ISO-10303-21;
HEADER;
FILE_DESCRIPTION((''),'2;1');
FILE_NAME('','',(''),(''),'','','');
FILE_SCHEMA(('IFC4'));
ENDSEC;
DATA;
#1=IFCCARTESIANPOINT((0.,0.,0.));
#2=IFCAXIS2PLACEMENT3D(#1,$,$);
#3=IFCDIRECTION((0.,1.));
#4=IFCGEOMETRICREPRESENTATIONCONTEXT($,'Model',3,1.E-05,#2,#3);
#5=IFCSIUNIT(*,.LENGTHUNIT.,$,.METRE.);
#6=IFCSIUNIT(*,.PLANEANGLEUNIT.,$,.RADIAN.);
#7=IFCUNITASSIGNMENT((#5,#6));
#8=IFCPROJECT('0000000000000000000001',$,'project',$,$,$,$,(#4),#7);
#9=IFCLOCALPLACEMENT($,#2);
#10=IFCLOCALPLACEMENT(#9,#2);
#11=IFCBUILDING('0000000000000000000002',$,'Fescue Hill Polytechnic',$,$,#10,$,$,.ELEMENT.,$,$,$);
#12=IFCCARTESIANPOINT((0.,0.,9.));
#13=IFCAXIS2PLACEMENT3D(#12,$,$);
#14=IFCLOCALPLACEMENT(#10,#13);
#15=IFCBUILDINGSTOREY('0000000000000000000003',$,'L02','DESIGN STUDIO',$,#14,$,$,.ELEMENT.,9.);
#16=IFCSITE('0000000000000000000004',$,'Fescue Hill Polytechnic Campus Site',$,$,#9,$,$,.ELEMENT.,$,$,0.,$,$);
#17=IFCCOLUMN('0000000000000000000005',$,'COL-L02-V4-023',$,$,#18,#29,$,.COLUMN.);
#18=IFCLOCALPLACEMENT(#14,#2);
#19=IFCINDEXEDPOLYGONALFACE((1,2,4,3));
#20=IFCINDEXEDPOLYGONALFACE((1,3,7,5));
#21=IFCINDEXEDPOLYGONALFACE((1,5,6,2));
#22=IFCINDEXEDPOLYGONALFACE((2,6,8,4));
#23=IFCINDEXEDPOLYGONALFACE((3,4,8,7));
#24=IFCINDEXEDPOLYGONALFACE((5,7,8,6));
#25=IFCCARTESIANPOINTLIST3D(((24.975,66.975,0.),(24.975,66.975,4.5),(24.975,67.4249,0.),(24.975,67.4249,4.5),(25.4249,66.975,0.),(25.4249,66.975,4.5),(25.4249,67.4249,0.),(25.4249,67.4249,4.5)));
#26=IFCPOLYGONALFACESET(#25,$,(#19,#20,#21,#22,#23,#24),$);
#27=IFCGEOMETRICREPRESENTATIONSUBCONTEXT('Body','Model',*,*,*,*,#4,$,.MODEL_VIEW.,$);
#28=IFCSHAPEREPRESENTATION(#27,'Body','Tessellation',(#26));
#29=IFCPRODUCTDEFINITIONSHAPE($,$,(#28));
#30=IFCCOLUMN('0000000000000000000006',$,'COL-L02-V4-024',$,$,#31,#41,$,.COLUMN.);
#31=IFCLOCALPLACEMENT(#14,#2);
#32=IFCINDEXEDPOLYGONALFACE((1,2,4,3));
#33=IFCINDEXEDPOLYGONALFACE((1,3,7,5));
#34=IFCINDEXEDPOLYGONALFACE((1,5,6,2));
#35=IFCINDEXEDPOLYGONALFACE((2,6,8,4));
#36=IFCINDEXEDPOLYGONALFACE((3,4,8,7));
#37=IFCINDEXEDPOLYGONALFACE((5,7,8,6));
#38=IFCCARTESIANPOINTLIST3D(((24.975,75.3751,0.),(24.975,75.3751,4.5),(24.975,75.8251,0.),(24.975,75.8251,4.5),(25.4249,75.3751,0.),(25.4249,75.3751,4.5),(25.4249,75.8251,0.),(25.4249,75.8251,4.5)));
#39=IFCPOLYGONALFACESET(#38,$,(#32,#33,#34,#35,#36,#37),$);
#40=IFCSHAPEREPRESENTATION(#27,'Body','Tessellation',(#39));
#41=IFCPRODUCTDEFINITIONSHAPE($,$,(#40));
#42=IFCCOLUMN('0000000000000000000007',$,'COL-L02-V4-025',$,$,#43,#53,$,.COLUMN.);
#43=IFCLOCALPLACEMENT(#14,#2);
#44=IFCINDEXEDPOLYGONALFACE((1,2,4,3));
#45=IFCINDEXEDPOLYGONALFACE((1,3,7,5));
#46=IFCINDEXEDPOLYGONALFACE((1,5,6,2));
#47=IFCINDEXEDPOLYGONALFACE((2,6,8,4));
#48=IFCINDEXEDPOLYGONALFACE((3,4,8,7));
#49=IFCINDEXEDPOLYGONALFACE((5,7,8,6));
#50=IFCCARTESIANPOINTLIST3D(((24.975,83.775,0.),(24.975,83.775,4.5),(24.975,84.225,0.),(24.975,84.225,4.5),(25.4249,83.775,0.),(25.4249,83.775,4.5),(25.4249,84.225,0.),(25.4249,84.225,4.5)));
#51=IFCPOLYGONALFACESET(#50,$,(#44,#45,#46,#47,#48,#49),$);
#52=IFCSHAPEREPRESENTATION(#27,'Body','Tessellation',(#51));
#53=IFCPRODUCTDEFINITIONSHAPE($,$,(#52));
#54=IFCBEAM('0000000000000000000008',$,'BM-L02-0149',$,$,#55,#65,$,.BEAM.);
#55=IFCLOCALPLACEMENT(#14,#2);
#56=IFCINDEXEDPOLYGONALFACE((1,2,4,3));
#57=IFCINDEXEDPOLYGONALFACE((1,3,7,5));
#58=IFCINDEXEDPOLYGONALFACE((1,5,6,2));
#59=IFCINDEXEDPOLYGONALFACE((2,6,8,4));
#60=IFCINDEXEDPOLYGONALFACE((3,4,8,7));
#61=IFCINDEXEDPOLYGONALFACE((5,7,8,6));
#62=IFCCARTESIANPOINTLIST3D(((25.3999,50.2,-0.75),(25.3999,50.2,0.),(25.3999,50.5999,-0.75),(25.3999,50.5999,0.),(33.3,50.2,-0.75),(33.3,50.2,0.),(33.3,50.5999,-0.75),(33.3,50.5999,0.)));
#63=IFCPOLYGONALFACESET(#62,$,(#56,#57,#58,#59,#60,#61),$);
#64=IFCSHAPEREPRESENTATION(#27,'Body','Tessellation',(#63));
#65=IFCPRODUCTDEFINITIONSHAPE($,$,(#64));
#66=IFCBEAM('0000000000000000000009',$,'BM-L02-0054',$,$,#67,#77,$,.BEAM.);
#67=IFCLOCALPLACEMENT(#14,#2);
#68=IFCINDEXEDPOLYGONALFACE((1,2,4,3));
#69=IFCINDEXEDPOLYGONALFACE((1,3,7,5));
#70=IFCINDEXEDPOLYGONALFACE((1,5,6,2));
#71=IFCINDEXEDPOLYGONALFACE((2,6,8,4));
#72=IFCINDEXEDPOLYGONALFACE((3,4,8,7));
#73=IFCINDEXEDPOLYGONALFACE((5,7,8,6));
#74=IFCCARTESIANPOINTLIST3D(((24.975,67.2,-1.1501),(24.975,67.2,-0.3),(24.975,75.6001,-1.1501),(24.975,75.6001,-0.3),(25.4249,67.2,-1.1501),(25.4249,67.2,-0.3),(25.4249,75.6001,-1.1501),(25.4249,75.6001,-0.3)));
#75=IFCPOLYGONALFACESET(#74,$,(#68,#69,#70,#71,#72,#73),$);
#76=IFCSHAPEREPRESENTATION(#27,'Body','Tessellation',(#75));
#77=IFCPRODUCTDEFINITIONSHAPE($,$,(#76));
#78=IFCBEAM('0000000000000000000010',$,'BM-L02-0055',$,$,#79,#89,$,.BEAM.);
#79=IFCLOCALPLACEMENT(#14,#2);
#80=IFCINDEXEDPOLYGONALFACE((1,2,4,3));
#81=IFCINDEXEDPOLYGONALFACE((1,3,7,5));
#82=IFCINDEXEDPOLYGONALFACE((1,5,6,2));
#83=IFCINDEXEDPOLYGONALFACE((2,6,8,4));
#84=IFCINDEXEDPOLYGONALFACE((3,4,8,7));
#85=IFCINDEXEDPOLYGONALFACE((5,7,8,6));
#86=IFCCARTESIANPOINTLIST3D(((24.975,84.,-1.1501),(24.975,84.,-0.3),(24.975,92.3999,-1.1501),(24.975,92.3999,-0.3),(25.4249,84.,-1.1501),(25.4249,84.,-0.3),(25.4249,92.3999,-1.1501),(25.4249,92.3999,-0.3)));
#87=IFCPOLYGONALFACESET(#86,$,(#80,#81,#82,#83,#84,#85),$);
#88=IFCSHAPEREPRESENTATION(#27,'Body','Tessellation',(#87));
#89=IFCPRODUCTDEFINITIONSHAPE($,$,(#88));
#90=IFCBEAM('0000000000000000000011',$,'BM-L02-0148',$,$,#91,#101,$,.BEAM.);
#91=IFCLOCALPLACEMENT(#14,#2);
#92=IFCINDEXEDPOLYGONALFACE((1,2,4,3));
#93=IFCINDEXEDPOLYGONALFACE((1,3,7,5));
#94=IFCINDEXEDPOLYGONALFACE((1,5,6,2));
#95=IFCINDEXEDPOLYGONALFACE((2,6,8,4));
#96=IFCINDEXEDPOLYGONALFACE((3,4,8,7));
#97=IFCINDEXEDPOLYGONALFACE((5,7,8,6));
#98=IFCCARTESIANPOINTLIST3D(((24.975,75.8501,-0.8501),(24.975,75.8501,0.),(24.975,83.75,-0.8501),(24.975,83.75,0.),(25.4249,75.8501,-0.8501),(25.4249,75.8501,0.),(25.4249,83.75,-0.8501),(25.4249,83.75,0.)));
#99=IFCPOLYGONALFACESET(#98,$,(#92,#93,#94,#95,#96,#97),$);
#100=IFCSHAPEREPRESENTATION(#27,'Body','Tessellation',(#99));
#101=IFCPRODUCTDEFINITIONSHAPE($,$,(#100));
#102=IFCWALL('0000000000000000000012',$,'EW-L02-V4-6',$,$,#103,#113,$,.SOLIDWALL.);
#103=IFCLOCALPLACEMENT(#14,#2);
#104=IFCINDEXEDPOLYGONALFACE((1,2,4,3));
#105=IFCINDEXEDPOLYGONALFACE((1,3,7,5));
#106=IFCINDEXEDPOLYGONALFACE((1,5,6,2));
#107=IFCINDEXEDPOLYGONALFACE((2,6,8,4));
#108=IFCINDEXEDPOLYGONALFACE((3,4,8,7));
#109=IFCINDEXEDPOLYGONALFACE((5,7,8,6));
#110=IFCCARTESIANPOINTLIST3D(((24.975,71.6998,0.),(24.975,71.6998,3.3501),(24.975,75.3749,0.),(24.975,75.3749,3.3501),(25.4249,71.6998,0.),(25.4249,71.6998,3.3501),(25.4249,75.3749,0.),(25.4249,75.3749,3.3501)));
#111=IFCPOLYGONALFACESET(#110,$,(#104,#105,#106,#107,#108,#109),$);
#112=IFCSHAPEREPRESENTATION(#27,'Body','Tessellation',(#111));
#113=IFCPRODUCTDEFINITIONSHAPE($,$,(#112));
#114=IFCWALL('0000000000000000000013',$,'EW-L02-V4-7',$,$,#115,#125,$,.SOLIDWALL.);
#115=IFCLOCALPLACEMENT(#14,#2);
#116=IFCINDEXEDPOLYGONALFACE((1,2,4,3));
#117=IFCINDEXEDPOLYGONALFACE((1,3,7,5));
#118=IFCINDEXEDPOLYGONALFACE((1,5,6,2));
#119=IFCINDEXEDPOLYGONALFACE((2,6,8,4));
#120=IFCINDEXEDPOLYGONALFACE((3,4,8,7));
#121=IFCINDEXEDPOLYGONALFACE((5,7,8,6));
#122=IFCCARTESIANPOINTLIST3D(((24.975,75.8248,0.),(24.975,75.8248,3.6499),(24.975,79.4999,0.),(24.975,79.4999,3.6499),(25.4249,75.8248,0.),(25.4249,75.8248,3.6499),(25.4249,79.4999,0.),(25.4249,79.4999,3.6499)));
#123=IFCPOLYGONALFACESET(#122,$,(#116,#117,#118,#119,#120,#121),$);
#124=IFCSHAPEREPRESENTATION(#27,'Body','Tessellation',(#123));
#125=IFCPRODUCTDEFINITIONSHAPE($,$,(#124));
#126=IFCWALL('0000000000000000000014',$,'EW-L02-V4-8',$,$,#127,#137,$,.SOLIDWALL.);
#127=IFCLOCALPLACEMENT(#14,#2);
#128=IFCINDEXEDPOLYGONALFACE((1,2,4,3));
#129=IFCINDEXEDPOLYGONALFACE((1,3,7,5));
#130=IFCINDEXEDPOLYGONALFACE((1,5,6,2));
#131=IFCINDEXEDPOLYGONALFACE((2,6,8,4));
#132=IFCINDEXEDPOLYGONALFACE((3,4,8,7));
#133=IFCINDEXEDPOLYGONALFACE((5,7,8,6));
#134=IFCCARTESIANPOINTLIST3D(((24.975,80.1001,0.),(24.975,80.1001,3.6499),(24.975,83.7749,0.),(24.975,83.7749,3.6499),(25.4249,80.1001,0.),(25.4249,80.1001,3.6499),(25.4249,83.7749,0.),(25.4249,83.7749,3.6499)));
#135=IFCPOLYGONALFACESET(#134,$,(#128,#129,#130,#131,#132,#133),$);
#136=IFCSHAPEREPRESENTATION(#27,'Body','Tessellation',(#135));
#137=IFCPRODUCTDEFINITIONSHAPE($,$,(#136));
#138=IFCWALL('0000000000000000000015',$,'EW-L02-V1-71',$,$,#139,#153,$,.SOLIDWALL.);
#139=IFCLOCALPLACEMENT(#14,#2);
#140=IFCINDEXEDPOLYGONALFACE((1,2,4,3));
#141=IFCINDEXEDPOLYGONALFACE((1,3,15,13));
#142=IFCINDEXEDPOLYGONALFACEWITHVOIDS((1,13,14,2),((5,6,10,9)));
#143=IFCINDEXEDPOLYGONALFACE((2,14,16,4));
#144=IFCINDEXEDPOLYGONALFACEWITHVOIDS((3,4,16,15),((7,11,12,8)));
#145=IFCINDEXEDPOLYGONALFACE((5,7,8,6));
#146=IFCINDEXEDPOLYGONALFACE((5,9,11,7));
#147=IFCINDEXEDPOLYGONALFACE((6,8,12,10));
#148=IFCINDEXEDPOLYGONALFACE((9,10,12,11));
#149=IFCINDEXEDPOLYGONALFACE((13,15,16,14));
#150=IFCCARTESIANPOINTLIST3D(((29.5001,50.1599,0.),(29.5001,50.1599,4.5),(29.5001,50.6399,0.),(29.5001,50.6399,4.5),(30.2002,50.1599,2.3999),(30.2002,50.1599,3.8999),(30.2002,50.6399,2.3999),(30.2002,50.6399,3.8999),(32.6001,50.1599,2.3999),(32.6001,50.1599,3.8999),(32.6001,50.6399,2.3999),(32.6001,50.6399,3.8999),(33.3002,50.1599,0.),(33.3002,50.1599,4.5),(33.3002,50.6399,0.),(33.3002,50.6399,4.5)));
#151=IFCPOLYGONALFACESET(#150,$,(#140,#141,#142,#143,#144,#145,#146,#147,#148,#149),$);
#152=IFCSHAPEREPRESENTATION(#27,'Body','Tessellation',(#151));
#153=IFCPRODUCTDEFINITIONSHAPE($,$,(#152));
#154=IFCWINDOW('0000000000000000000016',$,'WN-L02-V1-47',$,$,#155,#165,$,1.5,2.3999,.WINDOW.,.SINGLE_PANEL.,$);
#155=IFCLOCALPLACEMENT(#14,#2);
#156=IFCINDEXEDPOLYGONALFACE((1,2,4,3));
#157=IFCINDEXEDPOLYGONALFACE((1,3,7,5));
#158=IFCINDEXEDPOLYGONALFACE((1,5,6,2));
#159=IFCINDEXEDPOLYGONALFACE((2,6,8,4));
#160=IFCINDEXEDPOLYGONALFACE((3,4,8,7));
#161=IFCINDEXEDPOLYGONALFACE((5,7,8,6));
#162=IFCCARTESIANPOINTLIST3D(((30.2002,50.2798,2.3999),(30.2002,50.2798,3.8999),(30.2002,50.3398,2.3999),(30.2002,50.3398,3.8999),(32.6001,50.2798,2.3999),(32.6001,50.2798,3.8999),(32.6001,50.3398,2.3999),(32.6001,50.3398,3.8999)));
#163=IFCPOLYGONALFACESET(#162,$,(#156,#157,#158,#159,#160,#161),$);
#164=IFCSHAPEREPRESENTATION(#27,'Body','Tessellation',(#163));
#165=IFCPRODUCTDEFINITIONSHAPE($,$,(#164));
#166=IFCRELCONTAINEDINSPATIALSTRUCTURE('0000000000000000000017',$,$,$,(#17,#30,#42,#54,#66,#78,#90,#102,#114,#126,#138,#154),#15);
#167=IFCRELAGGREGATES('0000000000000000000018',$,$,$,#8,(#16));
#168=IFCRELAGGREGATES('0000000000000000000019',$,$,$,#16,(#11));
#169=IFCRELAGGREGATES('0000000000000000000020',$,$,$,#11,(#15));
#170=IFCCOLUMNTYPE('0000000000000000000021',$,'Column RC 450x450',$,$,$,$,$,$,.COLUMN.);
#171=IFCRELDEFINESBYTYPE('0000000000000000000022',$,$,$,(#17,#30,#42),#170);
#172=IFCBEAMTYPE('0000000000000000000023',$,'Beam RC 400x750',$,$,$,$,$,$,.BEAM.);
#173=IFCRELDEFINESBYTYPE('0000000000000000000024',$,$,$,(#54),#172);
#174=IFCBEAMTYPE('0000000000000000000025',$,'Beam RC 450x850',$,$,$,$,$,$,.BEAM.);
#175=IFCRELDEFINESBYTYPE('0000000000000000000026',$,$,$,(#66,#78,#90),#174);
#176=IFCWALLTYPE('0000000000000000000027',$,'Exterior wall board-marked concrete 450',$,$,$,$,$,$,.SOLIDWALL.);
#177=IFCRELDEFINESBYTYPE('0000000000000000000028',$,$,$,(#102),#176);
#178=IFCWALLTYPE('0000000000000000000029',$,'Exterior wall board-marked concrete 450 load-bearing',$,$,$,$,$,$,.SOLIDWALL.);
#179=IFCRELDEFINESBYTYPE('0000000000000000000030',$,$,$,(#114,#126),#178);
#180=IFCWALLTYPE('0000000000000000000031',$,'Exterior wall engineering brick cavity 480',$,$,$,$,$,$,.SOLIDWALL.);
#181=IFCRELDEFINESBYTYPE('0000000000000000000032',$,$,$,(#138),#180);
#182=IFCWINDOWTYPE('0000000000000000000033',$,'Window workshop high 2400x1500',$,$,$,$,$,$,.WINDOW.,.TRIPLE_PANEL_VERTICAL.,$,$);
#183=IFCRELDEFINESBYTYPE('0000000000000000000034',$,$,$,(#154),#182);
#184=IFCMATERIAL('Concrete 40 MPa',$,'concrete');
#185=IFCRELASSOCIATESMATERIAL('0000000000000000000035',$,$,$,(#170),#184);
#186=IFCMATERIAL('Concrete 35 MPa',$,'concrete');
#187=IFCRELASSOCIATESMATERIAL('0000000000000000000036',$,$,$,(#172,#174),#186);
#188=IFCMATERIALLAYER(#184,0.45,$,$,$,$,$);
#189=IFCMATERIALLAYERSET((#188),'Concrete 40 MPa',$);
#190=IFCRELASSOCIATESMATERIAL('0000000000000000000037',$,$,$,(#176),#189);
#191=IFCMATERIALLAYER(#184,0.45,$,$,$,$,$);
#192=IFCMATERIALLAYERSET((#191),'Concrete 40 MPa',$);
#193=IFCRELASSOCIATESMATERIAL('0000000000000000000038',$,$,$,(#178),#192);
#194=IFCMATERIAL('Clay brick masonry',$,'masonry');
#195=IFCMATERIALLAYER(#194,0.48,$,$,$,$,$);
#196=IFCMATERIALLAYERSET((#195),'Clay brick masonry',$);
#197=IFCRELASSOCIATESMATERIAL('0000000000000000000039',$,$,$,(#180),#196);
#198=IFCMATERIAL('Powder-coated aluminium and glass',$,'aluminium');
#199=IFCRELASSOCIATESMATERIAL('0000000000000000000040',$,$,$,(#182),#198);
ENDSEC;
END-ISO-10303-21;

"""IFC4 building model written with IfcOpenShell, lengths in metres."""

from ifc_helpers import new_model, si_unit, direction, frame, frame_2d, origin, origin_2d, place, context, subcontext, project, spatial, rectangle, extrude, material, layer, layer_set, material_profile, profile_set, type_object, element, fill, save


model = new_model("IFC4")

# Units and contexts
model_context = context("Model", 3, precision=1e-05, world=origin(), true_north=direction((0.0, 1.0)))
body_context = subcontext(model_context, "Body", "Model", "MODEL_VIEW")
ifc_project = project(units=[si_unit("LENGTHUNIT", "METRE"), si_unit("PLANEANGLEUNIT", "RADIAN")], contexts=[model_context])

# Site, building, storey
site_placement = place(None, origin())
site = spatial("IfcSite", under=ifc_project, at=site_placement, Name="Fescue Hill Polytechnic Campus Site", CompositionType="ELEMENT", RefElevation=0.0)
building_placement = place(site_placement, origin())
building = spatial("IfcBuilding", under=site, at=building_placement, Name="Fescue Hill Polytechnic", CompositionType="ELEMENT")
storey_placement = place(building_placement, frame((0.0, 0.0, 9.0)))
storey = spatial("IfcBuildingStorey", under=building, at=storey_placement, Name="L02", Description="DESIGN STUDIO", CompositionType="ELEMENT", Elevation=9.0)

# Columns
ifc_material_1 = material(Name="Concrete 40 MPa", Category="concrete")
ifc_material_profile_1 = material_profile(ifc_material_1, rectangle(XDim=0.45, YDim=0.45, at=origin_2d()), Name="RC 450x450")
ifc_profile_set_1 = profile_set([ifc_material_profile_1], Name="Concrete 40 MPa")
column_type = type_object("IfcColumnType", Name="Column RC 450x450", PredefinedType="COLUMN", material=ifc_profile_set_1)
for number, where, z_axis, x_axis, name in (
    (1, (25.2, 67.2, 0.0), (0.0, 0.0, 1.0), (1.0, 0.0, 0.0), "COL-L02-V4-023"),
    (2, (25.2, 75.6001, 0.0), (0.0, 0.0, 1.0), (1.0, 0.0, 0.0), "COL-L02-V4-024"),
    (3, (25.2, 84.0, 0.0), (0.0, 0.0, 1.0), (1.0, 0.0, 0.0), "COL-L02-V4-025"),
):
    element("IfcColumn", number, at=place(storey_placement, frame(where, z_axis=z_axis, x_axis=x_axis)), inside=storey, type_object=column_type, Name=name, PredefinedType="COLUMN", context=body_context, shape_type="SweptSolid", body=[
        extrude(rectangle(XDim=0.45, YDim=0.45, at=origin_2d()), origin(), (0.0, 0.0, 1.0), 4.5),
    ])

# Beams
ifc_material_2 = material(Name="Concrete 35 MPa", Category="concrete")
ifc_material_profile_2 = material_profile(ifc_material_2, rectangle(XDim=0.3999, YDim=0.75, at=origin_2d()), Name="RC 400x750")
ifc_profile_set_2 = profile_set([ifc_material_profile_2], Name="Concrete 35 MPa")
beam_type_1 = type_object("IfcBeamType", Name="Beam RC 400x750", PredefinedType="BEAM", material=ifc_profile_set_2)
beam_1_placement = place(storey_placement, frame((33.3, 50.3999, -0.375), z_axis=(-1.0, 0.0, 0.0), x_axis=(0.0, -1.0, 0.0)))
element("IfcBeam", 4, at=beam_1_placement, inside=storey, type_object=beam_type_1, Name="BM-L02-0149", PredefinedType="BEAM", context=body_context, shape_type="SweptSolid", body=[
    extrude(rectangle(XDim=0.3999, YDim=0.75, at=origin_2d()), origin(), (0.0, 0.0, 1.0), 7.9001),
])
ifc_material_profile_3 = material_profile(ifc_material_2, rectangle(XDim=0.45, YDim=0.8501, at=origin_2d()), Name="RC 450x850")
ifc_profile_set_3 = profile_set([ifc_material_profile_3], Name="Concrete 35 MPa")
beam_type_2 = type_object("IfcBeamType", Name="Beam RC 450x850", PredefinedType="BEAM", material=ifc_profile_set_3)
beam_2_placement = place(storey_placement, frame((25.2, 67.2, -0.7251), z_axis=(0.0, 1.0, 0.0), x_axis=(-1.0, 0.0, 0.0)))
element("IfcBeam", 5, at=beam_2_placement, inside=storey, type_object=beam_type_2, Name="BM-L02-0054", PredefinedType="BEAM", context=body_context, shape_type="SweptSolid", body=[
    extrude(rectangle(XDim=0.45, YDim=0.8501, at=origin_2d()), origin(), (0.0, 0.0, 1.0), 8.4001),
])
beam_3_placement = place(storey_placement, frame((25.2, 84.0, -0.7251), z_axis=(0.0, 1.0, 0.0), x_axis=(-1.0, 0.0, 0.0)))
element("IfcBeam", 6, at=beam_3_placement, inside=storey, type_object=beam_type_2, Name="BM-L02-0055", PredefinedType="BEAM", context=body_context, shape_type="SweptSolid", body=[
    extrude(rectangle(XDim=0.45, YDim=0.8501, at=origin_2d()), origin(), (0.0, 0.0, 1.0), 8.3999),
])
beam_4_placement = place(storey_placement, frame((25.2, 75.8501, -0.425), z_axis=(0.0, 1.0, 0.0), x_axis=(-1.0, 0.0, 0.0)))
element("IfcBeam", 7, at=beam_4_placement, inside=storey, type_object=beam_type_2, Name="BM-L02-0148", PredefinedType="BEAM", context=body_context, shape_type="SweptSolid", body=[
    extrude(rectangle(XDim=0.45, YDim=0.8501, at=origin_2d()), origin(), (0.0, 0.0, 1.0), 7.8999),
])

# Walls
ifc_layer_1 = layer(ifc_material_1, 0.45)
ifc_layer_set_1 = layer_set([ifc_layer_1], Name="Concrete 40 MPa")
wall_type_1 = type_object("IfcWallType", Name="Exterior wall board-marked concrete 450", PredefinedType="SOLIDWALL", material=ifc_layer_set_1)
wall_1_placement = place(storey_placement, frame((25.2, 71.7, 0.0), z_axis=(0.0, 0.0, 1.0), x_axis=(0.0, 1.0, 0.0)))
element("IfcWall", 8, at=wall_1_placement, inside=storey, type_object=wall_type_1, Name="EW-L02-V4-6", PredefinedType="SOLIDWALL", context=body_context, shape_type="SweptSolid", body=[
    extrude(rectangle(XDim=3.675, YDim=0.45, at=frame_2d((1.8374, 0.0))), origin(), (0.0, 0.0, 1.0), 3.3501),
])
ifc_layer_2 = layer(ifc_material_1, 0.45)
ifc_layer_set_2 = layer_set([ifc_layer_2], Name="Concrete 40 MPa")
wall_type_2 = type_object("IfcWallType", Name="Exterior wall board-marked concrete 450 load-bearing", PredefinedType="SOLIDWALL", material=ifc_layer_set_2)
wall_2_placement = place(storey_placement, frame((25.2, 75.825, 0.0), z_axis=(0.0, 0.0, 1.0), x_axis=(0.0, 1.0, 0.0)))
element("IfcWall", 9, at=wall_2_placement, inside=storey, type_object=wall_type_2, Name="EW-L02-V4-7", PredefinedType="SOLIDWALL", context=body_context, shape_type="SweptSolid", body=[
    extrude(rectangle(XDim=3.675, YDim=0.45, at=frame_2d((1.8374, 0.0))), origin(), (0.0, 0.0, 1.0), 3.6499),
])
wall_3_placement = place(storey_placement, frame((25.2, 80.1001, 0.0), z_axis=(0.0, 0.0, 1.0), x_axis=(0.0, 1.0, 0.0)))
element("IfcWall", 10, at=wall_3_placement, inside=storey, type_object=wall_type_2, Name="EW-L02-V4-8", PredefinedType="SOLIDWALL", context=body_context, shape_type="SweptSolid", body=[
    extrude(rectangle(XDim=3.6748, YDim=0.45, at=frame_2d((1.8374, 0.0))), origin(), (0.0, 0.0, 1.0), 3.6499),
])

# Wall, opening, window
ifc_material_3 = material(Name="Clay brick masonry", Category="masonry")
ifc_layer_3 = layer(ifc_material_3, 0.48)
ifc_layer_set_3 = layer_set([ifc_layer_3], Name="Clay brick masonry")
wall_type_3 = type_object("IfcWallType", Name="Exterior wall engineering brick cavity 480", PredefinedType="SOLIDWALL", material=ifc_layer_set_3)
wall_4_placement = place(storey_placement, frame((33.3, 50.3999, 0.0), z_axis=(0.0, 0.0, 1.0), x_axis=(-1.0, 0.0, 0.0)))
wall_4 = element("IfcWall", 11, at=wall_4_placement, inside=storey, type_object=wall_type_3, Name="EW-L02-V1-71", PredefinedType="SOLIDWALL", context=body_context, shape_type="SweptSolid", body=[
    extrude(rectangle(XDim=3.8, YDim=0.48, at=frame_2d((1.8999, 0.0))), origin(), (0.0, 0.0, 1.0), 4.5),
])
opening_1_placement = place(wall_4_placement, frame((0.7, 0.0, 2.3999)))
opening_1 = element("IfcOpeningElement", 12, at=opening_1_placement, cuts=wall_4, PredefinedType="OPENING", context=body_context, shape_type="SweptSolid", body=[
    extrude(rectangle(XDim=2.3999, YDim=1.5, at=frame_2d((1.2, 0.75))), frame((0.0, 0.25, 0.0), z_axis=(0.0, -1.0, 0.0), x_axis=(1.0, 0.0, 0.0)), (0.0, 0.0, 1.0), 0.5),
])
ifc_material_4 = material(Name="Powder-coated aluminium and glass", Category="aluminium")
window_type_1 = type_object("IfcWindowType", Name="Window workshop high 2400x1500", PartitioningType="TRIPLE_PANEL_VERTICAL", PredefinedType="WINDOW", material=ifc_material_4)
window_1_placement = place(opening_1_placement, origin())
window_1 = element("IfcWindow", 13, at=window_1_placement, inside=storey, type_object=window_type_1, Name="WN-L02-V1-47", OverallHeight=1.5, OverallWidth=2.3999, PartitioningType="SINGLE_PANEL", PredefinedType="WINDOW", context=body_context, shape_type="SweptSolid", body=[
    extrude(rectangle(XDim=2.3999, YDim=1.5, at=frame_2d((1.2, 0.75))), frame((0.0, 0.1201, 0.0), z_axis=(0.0, -1.0, 0.0), x_axis=(1.0, 0.0, 0.0)), (0.0, 0.0, 1.0), 0.0601),
])
fill(opening_1, window_1)

save(model, "model.ifc")
